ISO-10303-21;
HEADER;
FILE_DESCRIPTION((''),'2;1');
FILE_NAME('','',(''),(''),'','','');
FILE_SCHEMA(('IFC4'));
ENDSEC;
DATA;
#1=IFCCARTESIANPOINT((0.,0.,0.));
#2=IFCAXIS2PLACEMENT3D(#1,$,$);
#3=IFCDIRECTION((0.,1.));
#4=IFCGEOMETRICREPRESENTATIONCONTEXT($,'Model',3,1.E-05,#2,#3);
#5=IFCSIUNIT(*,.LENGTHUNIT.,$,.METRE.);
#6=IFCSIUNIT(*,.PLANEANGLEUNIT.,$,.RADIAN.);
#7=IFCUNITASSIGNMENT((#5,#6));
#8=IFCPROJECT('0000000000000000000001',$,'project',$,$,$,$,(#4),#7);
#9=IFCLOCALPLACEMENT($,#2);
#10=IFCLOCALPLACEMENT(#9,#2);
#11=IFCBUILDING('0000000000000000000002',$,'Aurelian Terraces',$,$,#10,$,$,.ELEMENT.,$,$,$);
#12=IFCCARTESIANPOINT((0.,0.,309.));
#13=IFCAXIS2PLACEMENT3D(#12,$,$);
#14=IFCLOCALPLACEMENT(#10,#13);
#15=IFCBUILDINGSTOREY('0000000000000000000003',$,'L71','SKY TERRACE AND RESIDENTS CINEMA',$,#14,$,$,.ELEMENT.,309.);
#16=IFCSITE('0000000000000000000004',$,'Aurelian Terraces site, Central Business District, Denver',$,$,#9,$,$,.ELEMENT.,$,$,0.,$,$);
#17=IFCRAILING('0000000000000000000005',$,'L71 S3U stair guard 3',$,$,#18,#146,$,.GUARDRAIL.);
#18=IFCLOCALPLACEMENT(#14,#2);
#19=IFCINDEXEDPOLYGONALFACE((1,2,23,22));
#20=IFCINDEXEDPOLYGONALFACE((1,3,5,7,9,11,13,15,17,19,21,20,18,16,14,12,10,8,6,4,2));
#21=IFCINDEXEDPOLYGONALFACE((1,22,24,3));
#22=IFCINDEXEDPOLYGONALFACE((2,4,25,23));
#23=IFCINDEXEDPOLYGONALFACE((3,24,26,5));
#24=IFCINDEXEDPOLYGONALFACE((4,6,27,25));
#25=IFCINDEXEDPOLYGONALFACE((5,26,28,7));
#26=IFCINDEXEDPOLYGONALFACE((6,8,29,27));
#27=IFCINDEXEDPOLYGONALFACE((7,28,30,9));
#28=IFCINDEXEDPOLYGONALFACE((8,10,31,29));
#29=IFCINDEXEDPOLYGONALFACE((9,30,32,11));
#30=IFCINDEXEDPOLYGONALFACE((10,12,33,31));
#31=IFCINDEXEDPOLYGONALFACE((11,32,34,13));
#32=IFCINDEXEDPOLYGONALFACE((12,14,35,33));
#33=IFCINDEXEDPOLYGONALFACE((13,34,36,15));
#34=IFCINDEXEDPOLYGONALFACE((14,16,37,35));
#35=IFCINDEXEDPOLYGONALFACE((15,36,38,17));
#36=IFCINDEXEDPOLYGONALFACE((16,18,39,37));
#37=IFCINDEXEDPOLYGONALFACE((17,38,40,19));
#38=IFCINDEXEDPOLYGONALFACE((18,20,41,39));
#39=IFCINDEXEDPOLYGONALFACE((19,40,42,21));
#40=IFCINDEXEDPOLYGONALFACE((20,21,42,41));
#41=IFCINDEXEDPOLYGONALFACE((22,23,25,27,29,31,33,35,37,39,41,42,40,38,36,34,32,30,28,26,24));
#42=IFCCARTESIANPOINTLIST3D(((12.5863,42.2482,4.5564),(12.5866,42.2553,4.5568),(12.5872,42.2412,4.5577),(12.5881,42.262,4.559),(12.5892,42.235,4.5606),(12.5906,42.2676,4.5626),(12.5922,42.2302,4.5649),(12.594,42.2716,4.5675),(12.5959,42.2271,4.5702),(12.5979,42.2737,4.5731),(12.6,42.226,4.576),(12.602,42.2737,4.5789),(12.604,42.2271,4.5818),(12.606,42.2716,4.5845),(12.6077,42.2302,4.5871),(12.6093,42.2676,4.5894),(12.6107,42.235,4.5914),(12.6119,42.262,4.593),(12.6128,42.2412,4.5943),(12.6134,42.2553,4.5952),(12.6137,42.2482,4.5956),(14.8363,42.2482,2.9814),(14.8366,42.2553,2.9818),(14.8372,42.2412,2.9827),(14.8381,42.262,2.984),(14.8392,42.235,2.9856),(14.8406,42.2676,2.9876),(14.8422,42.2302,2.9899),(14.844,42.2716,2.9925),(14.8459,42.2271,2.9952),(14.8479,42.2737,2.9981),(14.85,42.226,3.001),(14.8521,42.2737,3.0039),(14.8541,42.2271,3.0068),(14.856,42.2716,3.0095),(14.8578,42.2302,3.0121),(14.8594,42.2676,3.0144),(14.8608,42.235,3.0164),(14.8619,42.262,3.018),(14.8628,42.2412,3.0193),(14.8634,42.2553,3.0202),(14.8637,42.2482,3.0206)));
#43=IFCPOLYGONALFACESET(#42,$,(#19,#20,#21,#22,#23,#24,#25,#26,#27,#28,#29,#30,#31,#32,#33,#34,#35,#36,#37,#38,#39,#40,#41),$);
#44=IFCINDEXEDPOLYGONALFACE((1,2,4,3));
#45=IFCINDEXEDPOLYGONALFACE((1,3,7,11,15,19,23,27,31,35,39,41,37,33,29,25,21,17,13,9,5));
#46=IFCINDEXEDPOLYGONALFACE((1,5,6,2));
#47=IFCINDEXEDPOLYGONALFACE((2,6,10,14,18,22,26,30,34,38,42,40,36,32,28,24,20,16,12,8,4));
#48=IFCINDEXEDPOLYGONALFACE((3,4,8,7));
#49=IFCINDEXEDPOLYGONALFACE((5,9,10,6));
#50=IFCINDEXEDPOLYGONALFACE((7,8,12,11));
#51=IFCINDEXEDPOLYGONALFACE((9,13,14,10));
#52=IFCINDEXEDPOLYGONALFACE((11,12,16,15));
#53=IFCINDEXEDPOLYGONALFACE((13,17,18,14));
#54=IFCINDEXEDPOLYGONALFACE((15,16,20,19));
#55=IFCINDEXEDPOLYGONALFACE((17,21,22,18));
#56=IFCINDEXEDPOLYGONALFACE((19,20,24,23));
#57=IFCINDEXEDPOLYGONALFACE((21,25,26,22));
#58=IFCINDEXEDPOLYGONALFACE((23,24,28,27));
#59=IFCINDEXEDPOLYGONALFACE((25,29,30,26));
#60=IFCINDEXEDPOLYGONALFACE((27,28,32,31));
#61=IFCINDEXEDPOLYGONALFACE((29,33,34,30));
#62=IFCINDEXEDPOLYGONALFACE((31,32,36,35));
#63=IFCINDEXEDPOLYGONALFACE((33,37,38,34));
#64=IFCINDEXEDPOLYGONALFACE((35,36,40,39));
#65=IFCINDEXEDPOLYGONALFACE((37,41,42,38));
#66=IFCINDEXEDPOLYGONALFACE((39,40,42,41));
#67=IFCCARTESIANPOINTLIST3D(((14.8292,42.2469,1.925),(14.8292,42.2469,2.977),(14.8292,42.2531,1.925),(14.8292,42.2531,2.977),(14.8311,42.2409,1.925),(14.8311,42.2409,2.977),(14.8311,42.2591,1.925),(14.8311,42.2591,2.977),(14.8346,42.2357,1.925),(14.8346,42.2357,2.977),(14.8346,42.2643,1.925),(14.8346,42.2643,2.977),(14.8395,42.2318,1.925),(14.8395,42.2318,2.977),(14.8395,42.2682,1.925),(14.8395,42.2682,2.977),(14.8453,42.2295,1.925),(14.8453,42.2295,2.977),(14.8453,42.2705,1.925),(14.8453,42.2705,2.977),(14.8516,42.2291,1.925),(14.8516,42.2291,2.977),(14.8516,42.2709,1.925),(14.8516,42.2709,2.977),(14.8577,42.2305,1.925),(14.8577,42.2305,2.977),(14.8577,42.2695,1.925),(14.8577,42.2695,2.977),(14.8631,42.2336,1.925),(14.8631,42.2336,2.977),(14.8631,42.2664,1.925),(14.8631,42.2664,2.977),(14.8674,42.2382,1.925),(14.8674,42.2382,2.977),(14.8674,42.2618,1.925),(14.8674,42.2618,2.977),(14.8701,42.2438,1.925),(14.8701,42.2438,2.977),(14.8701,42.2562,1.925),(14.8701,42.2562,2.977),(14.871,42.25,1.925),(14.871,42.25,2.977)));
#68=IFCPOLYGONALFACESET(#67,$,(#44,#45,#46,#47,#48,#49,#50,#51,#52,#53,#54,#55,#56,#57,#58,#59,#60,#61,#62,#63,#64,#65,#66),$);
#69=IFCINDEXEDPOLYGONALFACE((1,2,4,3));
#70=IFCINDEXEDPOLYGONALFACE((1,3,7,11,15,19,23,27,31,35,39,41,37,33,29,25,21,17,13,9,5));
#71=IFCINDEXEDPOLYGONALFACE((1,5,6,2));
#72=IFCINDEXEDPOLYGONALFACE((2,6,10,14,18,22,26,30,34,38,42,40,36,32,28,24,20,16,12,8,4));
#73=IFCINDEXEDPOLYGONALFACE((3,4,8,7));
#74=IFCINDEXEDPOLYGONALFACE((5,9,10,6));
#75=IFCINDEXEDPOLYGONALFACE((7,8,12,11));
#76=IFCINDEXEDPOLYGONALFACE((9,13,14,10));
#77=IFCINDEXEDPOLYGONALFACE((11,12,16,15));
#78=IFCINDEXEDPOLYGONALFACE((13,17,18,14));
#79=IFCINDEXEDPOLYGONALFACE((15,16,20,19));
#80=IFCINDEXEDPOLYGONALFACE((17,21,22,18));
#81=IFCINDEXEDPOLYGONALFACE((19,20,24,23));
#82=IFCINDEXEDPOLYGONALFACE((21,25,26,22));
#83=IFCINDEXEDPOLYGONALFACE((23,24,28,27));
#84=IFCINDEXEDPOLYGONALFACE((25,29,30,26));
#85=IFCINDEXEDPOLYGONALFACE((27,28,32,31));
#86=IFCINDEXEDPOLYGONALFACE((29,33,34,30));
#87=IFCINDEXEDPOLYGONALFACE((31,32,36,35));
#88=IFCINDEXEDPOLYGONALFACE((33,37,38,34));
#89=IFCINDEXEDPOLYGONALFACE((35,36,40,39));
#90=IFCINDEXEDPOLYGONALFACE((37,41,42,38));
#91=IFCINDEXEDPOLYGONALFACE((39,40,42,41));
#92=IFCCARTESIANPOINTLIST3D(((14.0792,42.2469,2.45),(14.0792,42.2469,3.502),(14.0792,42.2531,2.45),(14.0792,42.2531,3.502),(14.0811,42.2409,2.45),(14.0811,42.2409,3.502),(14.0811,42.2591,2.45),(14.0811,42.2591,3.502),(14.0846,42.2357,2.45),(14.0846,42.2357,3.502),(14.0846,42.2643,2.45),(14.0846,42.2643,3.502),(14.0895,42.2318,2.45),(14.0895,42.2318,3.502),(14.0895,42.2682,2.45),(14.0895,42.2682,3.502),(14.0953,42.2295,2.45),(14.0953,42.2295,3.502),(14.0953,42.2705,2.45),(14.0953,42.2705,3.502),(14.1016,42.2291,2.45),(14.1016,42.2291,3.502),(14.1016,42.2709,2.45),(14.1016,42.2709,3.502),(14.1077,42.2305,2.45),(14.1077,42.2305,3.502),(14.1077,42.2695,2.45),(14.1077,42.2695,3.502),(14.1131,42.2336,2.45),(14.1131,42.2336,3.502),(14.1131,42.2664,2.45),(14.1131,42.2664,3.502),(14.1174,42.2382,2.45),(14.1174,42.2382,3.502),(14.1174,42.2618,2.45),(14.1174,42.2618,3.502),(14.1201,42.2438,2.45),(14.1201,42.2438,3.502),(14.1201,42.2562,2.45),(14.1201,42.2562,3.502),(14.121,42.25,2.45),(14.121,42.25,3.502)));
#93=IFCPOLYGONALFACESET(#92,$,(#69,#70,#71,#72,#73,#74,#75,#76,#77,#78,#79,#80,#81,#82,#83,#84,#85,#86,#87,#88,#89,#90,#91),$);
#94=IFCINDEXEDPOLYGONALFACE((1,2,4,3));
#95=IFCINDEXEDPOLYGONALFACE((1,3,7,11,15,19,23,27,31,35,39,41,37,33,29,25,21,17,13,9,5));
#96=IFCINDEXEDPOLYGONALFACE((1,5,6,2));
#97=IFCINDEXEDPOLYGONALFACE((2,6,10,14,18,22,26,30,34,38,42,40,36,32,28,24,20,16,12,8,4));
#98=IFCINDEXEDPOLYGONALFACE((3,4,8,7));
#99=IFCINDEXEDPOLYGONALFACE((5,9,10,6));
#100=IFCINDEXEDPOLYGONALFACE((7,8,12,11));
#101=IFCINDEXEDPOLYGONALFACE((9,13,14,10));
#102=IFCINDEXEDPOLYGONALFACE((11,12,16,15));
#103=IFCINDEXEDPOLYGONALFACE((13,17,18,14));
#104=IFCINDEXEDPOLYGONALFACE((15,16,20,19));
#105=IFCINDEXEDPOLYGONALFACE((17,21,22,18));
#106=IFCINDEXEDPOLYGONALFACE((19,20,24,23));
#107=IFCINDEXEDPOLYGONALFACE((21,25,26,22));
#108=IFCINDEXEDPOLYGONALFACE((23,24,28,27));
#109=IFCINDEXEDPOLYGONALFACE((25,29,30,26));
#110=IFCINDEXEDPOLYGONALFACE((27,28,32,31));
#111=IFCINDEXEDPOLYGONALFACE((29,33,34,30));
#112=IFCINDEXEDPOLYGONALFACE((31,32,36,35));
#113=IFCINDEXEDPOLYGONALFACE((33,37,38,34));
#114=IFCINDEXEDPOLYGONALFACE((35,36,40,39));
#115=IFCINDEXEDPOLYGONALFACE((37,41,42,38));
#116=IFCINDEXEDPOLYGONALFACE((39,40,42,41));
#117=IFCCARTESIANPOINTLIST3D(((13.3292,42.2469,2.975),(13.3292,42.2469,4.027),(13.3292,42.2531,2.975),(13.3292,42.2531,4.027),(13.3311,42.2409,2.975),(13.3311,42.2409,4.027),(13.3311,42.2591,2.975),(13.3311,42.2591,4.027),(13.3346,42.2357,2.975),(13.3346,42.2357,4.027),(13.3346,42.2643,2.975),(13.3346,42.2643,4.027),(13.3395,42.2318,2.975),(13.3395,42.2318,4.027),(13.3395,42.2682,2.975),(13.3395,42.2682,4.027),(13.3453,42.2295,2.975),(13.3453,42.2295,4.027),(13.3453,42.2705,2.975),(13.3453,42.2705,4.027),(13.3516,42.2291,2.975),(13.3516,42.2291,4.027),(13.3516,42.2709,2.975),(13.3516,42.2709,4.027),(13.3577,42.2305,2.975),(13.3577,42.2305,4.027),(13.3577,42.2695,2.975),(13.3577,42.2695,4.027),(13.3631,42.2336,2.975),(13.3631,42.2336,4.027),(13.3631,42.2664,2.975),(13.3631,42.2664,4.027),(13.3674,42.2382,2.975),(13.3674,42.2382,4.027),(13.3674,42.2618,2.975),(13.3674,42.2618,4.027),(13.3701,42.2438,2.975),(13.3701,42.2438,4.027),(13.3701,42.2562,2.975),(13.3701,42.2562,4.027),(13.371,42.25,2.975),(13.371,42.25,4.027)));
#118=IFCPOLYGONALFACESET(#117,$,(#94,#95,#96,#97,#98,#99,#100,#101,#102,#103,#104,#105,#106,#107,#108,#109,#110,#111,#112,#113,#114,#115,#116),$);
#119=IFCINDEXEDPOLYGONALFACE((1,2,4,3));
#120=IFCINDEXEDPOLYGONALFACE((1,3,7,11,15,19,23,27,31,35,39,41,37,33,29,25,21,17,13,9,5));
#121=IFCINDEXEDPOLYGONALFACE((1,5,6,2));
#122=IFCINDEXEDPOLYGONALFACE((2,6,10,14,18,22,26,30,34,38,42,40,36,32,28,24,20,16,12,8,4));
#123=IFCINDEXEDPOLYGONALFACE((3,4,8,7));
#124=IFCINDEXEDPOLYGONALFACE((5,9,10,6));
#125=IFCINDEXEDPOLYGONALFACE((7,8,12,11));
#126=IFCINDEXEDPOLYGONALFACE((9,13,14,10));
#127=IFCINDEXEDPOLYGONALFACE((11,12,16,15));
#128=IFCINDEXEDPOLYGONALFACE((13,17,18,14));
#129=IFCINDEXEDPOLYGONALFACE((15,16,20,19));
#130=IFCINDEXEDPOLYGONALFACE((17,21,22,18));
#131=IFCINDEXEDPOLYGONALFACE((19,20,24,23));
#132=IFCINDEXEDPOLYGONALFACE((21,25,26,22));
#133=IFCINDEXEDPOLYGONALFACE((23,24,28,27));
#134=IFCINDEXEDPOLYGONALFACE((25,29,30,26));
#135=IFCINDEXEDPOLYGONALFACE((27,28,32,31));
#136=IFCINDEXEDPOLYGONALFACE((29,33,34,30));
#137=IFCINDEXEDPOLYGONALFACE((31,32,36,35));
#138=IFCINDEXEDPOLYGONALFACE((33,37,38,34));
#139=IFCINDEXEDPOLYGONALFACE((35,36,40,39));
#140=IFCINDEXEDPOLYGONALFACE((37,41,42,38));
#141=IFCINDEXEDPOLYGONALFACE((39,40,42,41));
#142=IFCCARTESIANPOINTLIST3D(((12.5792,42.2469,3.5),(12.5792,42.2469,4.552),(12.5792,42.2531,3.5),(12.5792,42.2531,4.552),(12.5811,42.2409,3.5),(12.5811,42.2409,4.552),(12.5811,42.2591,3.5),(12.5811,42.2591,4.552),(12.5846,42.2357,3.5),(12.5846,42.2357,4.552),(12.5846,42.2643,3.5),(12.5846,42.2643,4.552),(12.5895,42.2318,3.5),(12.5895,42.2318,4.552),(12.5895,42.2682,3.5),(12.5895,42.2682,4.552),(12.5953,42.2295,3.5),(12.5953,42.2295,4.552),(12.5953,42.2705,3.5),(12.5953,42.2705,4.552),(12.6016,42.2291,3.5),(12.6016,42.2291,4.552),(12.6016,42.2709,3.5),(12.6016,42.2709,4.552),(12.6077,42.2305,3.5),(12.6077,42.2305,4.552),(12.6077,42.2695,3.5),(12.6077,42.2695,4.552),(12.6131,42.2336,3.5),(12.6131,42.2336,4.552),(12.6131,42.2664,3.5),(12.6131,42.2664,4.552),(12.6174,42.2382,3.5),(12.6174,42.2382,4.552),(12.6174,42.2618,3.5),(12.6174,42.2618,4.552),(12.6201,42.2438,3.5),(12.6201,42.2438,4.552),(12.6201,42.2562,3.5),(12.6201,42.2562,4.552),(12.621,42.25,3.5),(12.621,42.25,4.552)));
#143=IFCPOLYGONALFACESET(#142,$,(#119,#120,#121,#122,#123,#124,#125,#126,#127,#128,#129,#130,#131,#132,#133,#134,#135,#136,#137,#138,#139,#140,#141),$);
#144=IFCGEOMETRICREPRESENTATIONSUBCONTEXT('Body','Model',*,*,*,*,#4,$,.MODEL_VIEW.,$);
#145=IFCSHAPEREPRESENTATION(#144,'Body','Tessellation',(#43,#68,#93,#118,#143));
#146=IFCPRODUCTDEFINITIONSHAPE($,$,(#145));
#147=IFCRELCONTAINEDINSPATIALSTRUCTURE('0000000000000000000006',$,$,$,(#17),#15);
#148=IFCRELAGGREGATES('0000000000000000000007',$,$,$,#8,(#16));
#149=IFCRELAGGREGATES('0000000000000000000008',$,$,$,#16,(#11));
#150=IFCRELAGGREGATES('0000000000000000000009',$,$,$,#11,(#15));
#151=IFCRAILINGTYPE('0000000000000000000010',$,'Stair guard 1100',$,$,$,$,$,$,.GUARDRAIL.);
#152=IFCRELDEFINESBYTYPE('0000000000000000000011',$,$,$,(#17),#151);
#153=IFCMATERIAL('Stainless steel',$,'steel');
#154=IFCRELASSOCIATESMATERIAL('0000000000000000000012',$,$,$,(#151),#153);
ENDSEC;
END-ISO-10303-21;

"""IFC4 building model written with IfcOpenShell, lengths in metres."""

from ifc_helpers import new_model, si_unit, direction, frame, origin, origin_2d, place, context, subcontext, project, spatial, circle, extrude, source, transform, mapped, material, type_object, element, save


model = new_model("IFC4")

# Units and contexts
model_context = context("Model", 3, precision=1e-05, world=origin(), true_north=direction((0.0, 1.0)))
body_context = subcontext(model_context, "Body", "Model", "MODEL_VIEW")
ifc_project = project(units=[si_unit("LENGTHUNIT", "METRE"), si_unit("PLANEANGLEUNIT", "RADIAN")], contexts=[model_context])

# Site, building, storey
site_placement = place(None, origin())
site = spatial("IfcSite", under=ifc_project, at=site_placement, Name="Aurelian Terraces site, Central Business District, Denver", CompositionType="ELEMENT", RefElevation=0.0)
building_placement = place(site_placement, origin())
building = spatial("IfcBuilding", under=site, at=building_placement, Name="Aurelian Terraces", CompositionType="ELEMENT")
storey_placement = place(building_placement, frame((0.0, 0.0, 309.0)))
storey = spatial("IfcBuildingStorey", under=building, at=storey_placement, Name="L71", Description="SKY TERRACE AND RESIDENTS CINEMA", CompositionType="ELEMENT", Elevation=309.0)

# Railing
ifc_material_1 = material(Name="Stainless steel", Category="steel")
railing_type_1 = type_object("IfcRailingType", Name="Stair guard 1100", PredefinedType="GUARDRAIL", material=ifc_material_1)
shared_shape_1 = source(origin(), body_context, "Body", "SweptSolid", [
    extrude(circle(Radius=0.024, at=origin_2d()), frame((0.0, 0.0, 1.076), z_axis=(-0.819232, 0.0, 0.573462), x_axis=(0.0, -1.0, 0.0)), (0.0, 0.0, 1.0), 2.7465),
    extrude(circle(Radius=0.021, at=origin_2d()), origin(), (0.0, 0.0, 1.0), 1.052),
    extrude(circle(Radius=0.021, at=origin_2d()), frame((-0.75, 0.0, 0.525)), (0.0, 0.0, 1.0), 1.052),
    extrude(circle(Radius=0.021, at=origin_2d()), frame((-1.5, 0.0, 1.05)), (0.0, 0.0, 1.0), 1.052),
    extrude(circle(Radius=0.021, at=origin_2d()), frame((-2.25, 0.0, 1.575)), (0.0, 0.0, 1.0), 1.052),
])
railing_1_placement = place(storey_placement, frame((14.85, 42.25, 1.925)))
element("IfcRailing", 1, at=railing_1_placement, inside=storey, type_object=railing_type_1, Name="L71 S3U stair guard 3", PredefinedType="GUARDRAIL", context=body_context, shape_type="MappedRepresentation", body=[
    mapped(shared_shape_1, transform((0.0, 0.0, 0.0), scale=1.0)),
])

save(model, "model.ifc")
